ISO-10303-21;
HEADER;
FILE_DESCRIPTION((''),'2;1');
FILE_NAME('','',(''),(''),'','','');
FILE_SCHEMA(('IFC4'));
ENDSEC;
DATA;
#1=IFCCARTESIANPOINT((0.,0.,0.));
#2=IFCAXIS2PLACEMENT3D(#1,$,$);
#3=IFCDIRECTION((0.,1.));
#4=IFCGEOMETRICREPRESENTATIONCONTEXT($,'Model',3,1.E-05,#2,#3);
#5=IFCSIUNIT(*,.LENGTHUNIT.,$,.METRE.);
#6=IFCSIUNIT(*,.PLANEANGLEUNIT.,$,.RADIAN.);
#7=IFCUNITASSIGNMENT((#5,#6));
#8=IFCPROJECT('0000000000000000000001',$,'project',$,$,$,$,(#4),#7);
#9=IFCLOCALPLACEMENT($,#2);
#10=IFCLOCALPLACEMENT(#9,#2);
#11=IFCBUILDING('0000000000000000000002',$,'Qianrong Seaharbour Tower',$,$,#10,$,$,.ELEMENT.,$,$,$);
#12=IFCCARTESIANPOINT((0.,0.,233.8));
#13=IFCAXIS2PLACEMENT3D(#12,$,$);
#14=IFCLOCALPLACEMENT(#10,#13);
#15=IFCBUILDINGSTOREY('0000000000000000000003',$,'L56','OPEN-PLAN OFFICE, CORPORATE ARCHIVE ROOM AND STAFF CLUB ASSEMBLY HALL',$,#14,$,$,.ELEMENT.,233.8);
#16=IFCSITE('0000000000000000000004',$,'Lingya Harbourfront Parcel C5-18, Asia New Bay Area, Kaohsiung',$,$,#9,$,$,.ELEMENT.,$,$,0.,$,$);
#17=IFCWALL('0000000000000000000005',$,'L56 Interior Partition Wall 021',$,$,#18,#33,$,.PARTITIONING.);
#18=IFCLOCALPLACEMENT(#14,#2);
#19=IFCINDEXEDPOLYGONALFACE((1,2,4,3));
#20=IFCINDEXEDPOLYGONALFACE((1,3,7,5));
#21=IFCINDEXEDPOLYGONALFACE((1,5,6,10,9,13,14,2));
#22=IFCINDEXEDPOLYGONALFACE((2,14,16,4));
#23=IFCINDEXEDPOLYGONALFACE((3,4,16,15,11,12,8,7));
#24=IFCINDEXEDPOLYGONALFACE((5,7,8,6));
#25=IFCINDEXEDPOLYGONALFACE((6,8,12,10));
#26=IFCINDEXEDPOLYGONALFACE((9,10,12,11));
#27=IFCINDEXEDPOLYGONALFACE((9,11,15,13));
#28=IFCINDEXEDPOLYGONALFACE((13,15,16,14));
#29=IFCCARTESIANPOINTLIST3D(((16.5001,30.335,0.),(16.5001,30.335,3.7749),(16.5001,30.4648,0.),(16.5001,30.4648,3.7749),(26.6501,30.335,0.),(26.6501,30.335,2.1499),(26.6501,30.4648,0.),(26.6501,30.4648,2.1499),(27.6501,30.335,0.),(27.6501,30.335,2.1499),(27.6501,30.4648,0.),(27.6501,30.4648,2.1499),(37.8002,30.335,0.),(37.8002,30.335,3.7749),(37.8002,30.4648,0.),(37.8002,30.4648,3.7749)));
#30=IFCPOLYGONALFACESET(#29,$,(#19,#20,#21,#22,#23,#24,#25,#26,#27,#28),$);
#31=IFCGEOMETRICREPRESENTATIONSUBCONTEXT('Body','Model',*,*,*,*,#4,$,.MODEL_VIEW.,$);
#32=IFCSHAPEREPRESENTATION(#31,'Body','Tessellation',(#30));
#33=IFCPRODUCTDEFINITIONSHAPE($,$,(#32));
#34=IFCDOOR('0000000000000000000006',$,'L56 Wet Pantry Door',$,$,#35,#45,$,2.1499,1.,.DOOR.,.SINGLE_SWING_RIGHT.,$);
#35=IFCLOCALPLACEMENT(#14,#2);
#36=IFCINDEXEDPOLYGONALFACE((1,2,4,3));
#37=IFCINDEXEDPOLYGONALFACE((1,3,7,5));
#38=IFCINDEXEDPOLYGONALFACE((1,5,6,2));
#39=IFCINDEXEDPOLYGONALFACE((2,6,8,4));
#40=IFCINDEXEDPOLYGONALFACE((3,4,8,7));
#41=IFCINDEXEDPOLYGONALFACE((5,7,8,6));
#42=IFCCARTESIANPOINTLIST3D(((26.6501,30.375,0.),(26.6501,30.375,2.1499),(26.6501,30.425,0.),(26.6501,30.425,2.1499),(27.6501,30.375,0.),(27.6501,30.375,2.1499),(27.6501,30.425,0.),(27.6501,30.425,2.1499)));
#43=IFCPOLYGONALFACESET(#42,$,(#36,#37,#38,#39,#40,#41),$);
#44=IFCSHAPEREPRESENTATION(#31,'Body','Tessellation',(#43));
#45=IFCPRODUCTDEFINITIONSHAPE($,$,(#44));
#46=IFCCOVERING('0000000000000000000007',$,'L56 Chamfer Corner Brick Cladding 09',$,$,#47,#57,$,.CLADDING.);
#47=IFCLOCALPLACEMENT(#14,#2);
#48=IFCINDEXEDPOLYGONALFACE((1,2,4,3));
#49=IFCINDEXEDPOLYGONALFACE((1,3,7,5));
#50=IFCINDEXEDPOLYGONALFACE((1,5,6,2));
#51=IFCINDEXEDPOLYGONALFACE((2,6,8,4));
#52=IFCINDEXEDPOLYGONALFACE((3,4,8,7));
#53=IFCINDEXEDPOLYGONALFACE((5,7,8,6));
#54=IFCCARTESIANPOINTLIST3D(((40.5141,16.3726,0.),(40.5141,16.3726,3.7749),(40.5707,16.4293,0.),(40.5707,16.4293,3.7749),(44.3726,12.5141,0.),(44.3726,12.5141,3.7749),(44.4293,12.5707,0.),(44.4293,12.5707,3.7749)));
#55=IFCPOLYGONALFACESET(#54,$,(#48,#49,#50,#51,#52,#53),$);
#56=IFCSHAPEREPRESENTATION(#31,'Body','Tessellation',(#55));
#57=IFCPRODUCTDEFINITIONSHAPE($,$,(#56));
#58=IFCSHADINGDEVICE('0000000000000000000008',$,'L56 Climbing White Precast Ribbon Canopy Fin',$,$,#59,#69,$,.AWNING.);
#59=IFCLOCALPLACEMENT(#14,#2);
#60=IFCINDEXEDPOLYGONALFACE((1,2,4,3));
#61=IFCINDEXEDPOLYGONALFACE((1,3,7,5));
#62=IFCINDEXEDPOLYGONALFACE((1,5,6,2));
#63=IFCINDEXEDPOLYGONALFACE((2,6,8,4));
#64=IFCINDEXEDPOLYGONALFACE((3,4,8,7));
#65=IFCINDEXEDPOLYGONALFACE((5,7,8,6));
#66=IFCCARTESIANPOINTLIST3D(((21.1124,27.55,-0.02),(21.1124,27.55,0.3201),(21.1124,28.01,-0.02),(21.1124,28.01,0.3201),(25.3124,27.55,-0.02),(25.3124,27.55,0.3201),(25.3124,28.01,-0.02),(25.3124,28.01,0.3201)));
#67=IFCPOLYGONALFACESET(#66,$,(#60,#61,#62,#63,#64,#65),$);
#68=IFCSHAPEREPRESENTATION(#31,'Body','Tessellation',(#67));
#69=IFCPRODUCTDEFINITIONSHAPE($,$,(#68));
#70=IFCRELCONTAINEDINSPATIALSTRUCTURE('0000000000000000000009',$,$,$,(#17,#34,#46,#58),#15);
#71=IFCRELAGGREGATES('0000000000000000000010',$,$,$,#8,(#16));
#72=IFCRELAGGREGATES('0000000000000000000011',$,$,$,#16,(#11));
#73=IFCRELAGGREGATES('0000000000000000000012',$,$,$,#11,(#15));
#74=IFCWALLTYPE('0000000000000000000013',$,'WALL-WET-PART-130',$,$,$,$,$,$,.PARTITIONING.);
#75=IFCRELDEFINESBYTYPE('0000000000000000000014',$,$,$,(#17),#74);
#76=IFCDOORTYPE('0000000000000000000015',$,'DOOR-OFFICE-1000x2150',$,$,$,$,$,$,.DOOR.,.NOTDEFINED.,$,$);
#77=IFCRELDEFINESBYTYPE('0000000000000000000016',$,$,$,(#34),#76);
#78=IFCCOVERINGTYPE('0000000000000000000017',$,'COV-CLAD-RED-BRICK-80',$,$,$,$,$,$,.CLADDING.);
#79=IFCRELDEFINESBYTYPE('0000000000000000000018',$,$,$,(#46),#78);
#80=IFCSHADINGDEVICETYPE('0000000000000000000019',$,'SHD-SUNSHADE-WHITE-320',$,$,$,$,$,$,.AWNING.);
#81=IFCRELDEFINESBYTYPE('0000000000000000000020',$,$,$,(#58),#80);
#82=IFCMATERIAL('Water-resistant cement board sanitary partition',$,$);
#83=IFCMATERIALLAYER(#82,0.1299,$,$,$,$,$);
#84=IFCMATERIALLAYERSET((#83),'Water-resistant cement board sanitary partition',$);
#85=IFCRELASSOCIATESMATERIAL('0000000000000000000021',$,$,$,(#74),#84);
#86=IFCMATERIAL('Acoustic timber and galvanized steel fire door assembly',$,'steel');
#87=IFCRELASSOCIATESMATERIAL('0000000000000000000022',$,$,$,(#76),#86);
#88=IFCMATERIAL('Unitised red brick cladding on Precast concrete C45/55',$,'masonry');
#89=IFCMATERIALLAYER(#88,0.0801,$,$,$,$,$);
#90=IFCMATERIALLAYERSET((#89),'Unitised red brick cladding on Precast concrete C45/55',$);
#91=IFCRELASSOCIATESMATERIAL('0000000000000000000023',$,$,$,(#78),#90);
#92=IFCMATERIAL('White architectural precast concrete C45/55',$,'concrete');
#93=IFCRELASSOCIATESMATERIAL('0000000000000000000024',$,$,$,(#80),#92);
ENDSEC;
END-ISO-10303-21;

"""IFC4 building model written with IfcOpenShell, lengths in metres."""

from ifc_helpers import new_model, si_unit, direction, frame, frame_2d, origin, origin_2d, place, context, subcontext, project, spatial, rectangle, extrude, material, layer, layer_set, type_object, element, fill, save


model = new_model("IFC4")

# Units and contexts
model_context = context("Model", 3, precision=1e-05, world=origin(), true_north=direction((0.0, 1.0)))
body_context = subcontext(model_context, "Body", "Model", "MODEL_VIEW")
ifc_project = project(units=[si_unit("LENGTHUNIT", "METRE"), si_unit("PLANEANGLEUNIT", "RADIAN")], contexts=[model_context])

# Site, building, storey
site_placement = place(None, origin())
site = spatial("IfcSite", under=ifc_project, at=site_placement, Name="Lingya Harbourfront Parcel C5-18, Asia New Bay Area, Kaohsiung", CompositionType="ELEMENT", RefElevation=0.0)
building_placement = place(site_placement, origin())
building = spatial("IfcBuilding", under=site, at=building_placement, Name="Qianrong Seaharbour Tower", CompositionType="ELEMENT")
storey_placement = place(building_placement, frame((0.0, 0.0, 233.8)))
storey = spatial("IfcBuildingStorey", under=building, at=storey_placement, Name="L56", Description="OPEN-PLAN OFFICE, CORPORATE ARCHIVE ROOM AND STAFF CLUB ASSEMBLY HALL", CompositionType="ELEMENT", Elevation=233.8)

# Wall, opening, door
ifc_material_1 = material(Name="Water-resistant cement board sanitary partition")
ifc_layer_1 = layer(ifc_material_1, 0.1299)
ifc_layer_set_1 = layer_set([ifc_layer_1], Name="Water-resistant cement board sanitary partition")
wall_type_1 = type_object("IfcWallType", Name="WALL-WET-PART-130", PredefinedType="PARTITIONING", material=ifc_layer_set_1)
wall_1_placement = place(storey_placement, frame((37.8, 30.3999, 0.0), z_axis=(0.0, 0.0, 1.0), x_axis=(-1.0, 0.0, 0.0)))
wall_1 = element("IfcWall", 1, at=wall_1_placement, inside=storey, type_object=wall_type_1, Name="L56 Interior Partition Wall 021", PredefinedType="PARTITIONING", context=body_context, shape_type="SweptSolid", body=[
    extrude(rectangle(XDim=21.3, YDim=0.1299, at=frame_2d((10.6499, 0.0))), origin(), (0.0, 0.0, 1.0), 3.7749),
])
opening_1_placement = place(wall_1_placement, frame((10.1499, 0.0, 0.0)))
opening_1 = element("IfcOpeningElement", 2, at=opening_1_placement, cuts=wall_1, PredefinedType="OPENING", context=body_context, shape_type="SweptSolid", body=[
    extrude(rectangle(XDim=1.0, YDim=2.1499, at=frame_2d((0.5, 1.075))), frame((0.0, 0.075, 0.0), z_axis=(0.0, -1.0, 0.0), x_axis=(1.0, 0.0, 0.0)), (0.0, 0.0, 1.0), 0.1499),
])
ifc_material_2 = material(Name="Acoustic timber and galvanized steel fire door assembly", Category="steel")
door_type = type_object("IfcDoorType", Name="DOOR-OFFICE-1000x2150", OperationType="NOTDEFINED", PredefinedType="DOOR", material=ifc_material_2)
door_placement = place(opening_1_placement, origin())
door = element("IfcDoor", 3, at=door_placement, inside=storey, type_object=door_type, Name="L56 Wet Pantry Door", OperationType="SINGLE_SWING_RIGHT", OverallHeight=2.1499, OverallWidth=1.0, PredefinedType="DOOR", context=body_context, shape_type="SweptSolid", body=[
    extrude(rectangle(XDim=1.0, YDim=2.1499, at=frame_2d((0.5, 1.075))), frame((0.0, 0.0249, 0.0), z_axis=(0.0, -1.0, 0.0), x_axis=(1.0, 0.0, 0.0)), (0.0, 0.0, 1.0), 0.05),
])
fill(opening_1, door)

# Covering
ifc_material_3 = material(Name="Unitised red brick cladding on Precast concrete C45/55", Category="masonry")
ifc_layer_2 = layer(ifc_material_3, 0.0801)
ifc_layer_set_2 = layer_set([ifc_layer_2], Name="Unitised red brick cladding on Precast concrete C45/55")
covering_type = type_object("IfcCoveringType", Name="COV-CLAD-RED-BRICK-80", PredefinedType="CLADDING", material=ifc_layer_set_2)
covering_placement = place(storey_placement, frame((42.4717, 14.4717, 0.0), z_axis=(0.0, 0.0, 1.0), x_axis=(-0.707107, 0.707107, 0.0)))
element("IfcCovering", 4, at=covering_placement, inside=storey, type_object=covering_type, Name="L56 Chamfer Corner Brick Cladding 09", PredefinedType="CLADDING", context=body_context, shape_type="SweptSolid", body=[
    extrude(rectangle(XDim=5.4568, YDim=0.0801, at=origin_2d()), origin(), (0.0, 0.0, 1.0), 3.7749),
])

# Shading device
ifc_material_4 = material(Name="White architectural precast concrete C45/55", Category="concrete")
shading_device_type = type_object("IfcShadingDeviceType", Name="SHD-SUNSHADE-WHITE-320", PredefinedType="AWNING", material=ifc_material_4)
shading_device_placement = place(storey_placement, frame((23.2124, 27.78, -0.02), z_axis=(0.0, 0.0, 1.0), x_axis=(1.0, 0.0, 0.0)))
element("IfcShadingDevice", 5, at=shading_device_placement, inside=storey, type_object=shading_device_type, Name="L56 Climbing White Precast Ribbon Canopy Fin", PredefinedType="AWNING", context=body_context, shape_type="SweptSolid", body=[
    extrude(rectangle(XDim=4.2, YDim=0.46, at=origin_2d()), origin(), (0.0, 0.0, 1.0), 0.3401),
])

save(model, "model.ifc")
